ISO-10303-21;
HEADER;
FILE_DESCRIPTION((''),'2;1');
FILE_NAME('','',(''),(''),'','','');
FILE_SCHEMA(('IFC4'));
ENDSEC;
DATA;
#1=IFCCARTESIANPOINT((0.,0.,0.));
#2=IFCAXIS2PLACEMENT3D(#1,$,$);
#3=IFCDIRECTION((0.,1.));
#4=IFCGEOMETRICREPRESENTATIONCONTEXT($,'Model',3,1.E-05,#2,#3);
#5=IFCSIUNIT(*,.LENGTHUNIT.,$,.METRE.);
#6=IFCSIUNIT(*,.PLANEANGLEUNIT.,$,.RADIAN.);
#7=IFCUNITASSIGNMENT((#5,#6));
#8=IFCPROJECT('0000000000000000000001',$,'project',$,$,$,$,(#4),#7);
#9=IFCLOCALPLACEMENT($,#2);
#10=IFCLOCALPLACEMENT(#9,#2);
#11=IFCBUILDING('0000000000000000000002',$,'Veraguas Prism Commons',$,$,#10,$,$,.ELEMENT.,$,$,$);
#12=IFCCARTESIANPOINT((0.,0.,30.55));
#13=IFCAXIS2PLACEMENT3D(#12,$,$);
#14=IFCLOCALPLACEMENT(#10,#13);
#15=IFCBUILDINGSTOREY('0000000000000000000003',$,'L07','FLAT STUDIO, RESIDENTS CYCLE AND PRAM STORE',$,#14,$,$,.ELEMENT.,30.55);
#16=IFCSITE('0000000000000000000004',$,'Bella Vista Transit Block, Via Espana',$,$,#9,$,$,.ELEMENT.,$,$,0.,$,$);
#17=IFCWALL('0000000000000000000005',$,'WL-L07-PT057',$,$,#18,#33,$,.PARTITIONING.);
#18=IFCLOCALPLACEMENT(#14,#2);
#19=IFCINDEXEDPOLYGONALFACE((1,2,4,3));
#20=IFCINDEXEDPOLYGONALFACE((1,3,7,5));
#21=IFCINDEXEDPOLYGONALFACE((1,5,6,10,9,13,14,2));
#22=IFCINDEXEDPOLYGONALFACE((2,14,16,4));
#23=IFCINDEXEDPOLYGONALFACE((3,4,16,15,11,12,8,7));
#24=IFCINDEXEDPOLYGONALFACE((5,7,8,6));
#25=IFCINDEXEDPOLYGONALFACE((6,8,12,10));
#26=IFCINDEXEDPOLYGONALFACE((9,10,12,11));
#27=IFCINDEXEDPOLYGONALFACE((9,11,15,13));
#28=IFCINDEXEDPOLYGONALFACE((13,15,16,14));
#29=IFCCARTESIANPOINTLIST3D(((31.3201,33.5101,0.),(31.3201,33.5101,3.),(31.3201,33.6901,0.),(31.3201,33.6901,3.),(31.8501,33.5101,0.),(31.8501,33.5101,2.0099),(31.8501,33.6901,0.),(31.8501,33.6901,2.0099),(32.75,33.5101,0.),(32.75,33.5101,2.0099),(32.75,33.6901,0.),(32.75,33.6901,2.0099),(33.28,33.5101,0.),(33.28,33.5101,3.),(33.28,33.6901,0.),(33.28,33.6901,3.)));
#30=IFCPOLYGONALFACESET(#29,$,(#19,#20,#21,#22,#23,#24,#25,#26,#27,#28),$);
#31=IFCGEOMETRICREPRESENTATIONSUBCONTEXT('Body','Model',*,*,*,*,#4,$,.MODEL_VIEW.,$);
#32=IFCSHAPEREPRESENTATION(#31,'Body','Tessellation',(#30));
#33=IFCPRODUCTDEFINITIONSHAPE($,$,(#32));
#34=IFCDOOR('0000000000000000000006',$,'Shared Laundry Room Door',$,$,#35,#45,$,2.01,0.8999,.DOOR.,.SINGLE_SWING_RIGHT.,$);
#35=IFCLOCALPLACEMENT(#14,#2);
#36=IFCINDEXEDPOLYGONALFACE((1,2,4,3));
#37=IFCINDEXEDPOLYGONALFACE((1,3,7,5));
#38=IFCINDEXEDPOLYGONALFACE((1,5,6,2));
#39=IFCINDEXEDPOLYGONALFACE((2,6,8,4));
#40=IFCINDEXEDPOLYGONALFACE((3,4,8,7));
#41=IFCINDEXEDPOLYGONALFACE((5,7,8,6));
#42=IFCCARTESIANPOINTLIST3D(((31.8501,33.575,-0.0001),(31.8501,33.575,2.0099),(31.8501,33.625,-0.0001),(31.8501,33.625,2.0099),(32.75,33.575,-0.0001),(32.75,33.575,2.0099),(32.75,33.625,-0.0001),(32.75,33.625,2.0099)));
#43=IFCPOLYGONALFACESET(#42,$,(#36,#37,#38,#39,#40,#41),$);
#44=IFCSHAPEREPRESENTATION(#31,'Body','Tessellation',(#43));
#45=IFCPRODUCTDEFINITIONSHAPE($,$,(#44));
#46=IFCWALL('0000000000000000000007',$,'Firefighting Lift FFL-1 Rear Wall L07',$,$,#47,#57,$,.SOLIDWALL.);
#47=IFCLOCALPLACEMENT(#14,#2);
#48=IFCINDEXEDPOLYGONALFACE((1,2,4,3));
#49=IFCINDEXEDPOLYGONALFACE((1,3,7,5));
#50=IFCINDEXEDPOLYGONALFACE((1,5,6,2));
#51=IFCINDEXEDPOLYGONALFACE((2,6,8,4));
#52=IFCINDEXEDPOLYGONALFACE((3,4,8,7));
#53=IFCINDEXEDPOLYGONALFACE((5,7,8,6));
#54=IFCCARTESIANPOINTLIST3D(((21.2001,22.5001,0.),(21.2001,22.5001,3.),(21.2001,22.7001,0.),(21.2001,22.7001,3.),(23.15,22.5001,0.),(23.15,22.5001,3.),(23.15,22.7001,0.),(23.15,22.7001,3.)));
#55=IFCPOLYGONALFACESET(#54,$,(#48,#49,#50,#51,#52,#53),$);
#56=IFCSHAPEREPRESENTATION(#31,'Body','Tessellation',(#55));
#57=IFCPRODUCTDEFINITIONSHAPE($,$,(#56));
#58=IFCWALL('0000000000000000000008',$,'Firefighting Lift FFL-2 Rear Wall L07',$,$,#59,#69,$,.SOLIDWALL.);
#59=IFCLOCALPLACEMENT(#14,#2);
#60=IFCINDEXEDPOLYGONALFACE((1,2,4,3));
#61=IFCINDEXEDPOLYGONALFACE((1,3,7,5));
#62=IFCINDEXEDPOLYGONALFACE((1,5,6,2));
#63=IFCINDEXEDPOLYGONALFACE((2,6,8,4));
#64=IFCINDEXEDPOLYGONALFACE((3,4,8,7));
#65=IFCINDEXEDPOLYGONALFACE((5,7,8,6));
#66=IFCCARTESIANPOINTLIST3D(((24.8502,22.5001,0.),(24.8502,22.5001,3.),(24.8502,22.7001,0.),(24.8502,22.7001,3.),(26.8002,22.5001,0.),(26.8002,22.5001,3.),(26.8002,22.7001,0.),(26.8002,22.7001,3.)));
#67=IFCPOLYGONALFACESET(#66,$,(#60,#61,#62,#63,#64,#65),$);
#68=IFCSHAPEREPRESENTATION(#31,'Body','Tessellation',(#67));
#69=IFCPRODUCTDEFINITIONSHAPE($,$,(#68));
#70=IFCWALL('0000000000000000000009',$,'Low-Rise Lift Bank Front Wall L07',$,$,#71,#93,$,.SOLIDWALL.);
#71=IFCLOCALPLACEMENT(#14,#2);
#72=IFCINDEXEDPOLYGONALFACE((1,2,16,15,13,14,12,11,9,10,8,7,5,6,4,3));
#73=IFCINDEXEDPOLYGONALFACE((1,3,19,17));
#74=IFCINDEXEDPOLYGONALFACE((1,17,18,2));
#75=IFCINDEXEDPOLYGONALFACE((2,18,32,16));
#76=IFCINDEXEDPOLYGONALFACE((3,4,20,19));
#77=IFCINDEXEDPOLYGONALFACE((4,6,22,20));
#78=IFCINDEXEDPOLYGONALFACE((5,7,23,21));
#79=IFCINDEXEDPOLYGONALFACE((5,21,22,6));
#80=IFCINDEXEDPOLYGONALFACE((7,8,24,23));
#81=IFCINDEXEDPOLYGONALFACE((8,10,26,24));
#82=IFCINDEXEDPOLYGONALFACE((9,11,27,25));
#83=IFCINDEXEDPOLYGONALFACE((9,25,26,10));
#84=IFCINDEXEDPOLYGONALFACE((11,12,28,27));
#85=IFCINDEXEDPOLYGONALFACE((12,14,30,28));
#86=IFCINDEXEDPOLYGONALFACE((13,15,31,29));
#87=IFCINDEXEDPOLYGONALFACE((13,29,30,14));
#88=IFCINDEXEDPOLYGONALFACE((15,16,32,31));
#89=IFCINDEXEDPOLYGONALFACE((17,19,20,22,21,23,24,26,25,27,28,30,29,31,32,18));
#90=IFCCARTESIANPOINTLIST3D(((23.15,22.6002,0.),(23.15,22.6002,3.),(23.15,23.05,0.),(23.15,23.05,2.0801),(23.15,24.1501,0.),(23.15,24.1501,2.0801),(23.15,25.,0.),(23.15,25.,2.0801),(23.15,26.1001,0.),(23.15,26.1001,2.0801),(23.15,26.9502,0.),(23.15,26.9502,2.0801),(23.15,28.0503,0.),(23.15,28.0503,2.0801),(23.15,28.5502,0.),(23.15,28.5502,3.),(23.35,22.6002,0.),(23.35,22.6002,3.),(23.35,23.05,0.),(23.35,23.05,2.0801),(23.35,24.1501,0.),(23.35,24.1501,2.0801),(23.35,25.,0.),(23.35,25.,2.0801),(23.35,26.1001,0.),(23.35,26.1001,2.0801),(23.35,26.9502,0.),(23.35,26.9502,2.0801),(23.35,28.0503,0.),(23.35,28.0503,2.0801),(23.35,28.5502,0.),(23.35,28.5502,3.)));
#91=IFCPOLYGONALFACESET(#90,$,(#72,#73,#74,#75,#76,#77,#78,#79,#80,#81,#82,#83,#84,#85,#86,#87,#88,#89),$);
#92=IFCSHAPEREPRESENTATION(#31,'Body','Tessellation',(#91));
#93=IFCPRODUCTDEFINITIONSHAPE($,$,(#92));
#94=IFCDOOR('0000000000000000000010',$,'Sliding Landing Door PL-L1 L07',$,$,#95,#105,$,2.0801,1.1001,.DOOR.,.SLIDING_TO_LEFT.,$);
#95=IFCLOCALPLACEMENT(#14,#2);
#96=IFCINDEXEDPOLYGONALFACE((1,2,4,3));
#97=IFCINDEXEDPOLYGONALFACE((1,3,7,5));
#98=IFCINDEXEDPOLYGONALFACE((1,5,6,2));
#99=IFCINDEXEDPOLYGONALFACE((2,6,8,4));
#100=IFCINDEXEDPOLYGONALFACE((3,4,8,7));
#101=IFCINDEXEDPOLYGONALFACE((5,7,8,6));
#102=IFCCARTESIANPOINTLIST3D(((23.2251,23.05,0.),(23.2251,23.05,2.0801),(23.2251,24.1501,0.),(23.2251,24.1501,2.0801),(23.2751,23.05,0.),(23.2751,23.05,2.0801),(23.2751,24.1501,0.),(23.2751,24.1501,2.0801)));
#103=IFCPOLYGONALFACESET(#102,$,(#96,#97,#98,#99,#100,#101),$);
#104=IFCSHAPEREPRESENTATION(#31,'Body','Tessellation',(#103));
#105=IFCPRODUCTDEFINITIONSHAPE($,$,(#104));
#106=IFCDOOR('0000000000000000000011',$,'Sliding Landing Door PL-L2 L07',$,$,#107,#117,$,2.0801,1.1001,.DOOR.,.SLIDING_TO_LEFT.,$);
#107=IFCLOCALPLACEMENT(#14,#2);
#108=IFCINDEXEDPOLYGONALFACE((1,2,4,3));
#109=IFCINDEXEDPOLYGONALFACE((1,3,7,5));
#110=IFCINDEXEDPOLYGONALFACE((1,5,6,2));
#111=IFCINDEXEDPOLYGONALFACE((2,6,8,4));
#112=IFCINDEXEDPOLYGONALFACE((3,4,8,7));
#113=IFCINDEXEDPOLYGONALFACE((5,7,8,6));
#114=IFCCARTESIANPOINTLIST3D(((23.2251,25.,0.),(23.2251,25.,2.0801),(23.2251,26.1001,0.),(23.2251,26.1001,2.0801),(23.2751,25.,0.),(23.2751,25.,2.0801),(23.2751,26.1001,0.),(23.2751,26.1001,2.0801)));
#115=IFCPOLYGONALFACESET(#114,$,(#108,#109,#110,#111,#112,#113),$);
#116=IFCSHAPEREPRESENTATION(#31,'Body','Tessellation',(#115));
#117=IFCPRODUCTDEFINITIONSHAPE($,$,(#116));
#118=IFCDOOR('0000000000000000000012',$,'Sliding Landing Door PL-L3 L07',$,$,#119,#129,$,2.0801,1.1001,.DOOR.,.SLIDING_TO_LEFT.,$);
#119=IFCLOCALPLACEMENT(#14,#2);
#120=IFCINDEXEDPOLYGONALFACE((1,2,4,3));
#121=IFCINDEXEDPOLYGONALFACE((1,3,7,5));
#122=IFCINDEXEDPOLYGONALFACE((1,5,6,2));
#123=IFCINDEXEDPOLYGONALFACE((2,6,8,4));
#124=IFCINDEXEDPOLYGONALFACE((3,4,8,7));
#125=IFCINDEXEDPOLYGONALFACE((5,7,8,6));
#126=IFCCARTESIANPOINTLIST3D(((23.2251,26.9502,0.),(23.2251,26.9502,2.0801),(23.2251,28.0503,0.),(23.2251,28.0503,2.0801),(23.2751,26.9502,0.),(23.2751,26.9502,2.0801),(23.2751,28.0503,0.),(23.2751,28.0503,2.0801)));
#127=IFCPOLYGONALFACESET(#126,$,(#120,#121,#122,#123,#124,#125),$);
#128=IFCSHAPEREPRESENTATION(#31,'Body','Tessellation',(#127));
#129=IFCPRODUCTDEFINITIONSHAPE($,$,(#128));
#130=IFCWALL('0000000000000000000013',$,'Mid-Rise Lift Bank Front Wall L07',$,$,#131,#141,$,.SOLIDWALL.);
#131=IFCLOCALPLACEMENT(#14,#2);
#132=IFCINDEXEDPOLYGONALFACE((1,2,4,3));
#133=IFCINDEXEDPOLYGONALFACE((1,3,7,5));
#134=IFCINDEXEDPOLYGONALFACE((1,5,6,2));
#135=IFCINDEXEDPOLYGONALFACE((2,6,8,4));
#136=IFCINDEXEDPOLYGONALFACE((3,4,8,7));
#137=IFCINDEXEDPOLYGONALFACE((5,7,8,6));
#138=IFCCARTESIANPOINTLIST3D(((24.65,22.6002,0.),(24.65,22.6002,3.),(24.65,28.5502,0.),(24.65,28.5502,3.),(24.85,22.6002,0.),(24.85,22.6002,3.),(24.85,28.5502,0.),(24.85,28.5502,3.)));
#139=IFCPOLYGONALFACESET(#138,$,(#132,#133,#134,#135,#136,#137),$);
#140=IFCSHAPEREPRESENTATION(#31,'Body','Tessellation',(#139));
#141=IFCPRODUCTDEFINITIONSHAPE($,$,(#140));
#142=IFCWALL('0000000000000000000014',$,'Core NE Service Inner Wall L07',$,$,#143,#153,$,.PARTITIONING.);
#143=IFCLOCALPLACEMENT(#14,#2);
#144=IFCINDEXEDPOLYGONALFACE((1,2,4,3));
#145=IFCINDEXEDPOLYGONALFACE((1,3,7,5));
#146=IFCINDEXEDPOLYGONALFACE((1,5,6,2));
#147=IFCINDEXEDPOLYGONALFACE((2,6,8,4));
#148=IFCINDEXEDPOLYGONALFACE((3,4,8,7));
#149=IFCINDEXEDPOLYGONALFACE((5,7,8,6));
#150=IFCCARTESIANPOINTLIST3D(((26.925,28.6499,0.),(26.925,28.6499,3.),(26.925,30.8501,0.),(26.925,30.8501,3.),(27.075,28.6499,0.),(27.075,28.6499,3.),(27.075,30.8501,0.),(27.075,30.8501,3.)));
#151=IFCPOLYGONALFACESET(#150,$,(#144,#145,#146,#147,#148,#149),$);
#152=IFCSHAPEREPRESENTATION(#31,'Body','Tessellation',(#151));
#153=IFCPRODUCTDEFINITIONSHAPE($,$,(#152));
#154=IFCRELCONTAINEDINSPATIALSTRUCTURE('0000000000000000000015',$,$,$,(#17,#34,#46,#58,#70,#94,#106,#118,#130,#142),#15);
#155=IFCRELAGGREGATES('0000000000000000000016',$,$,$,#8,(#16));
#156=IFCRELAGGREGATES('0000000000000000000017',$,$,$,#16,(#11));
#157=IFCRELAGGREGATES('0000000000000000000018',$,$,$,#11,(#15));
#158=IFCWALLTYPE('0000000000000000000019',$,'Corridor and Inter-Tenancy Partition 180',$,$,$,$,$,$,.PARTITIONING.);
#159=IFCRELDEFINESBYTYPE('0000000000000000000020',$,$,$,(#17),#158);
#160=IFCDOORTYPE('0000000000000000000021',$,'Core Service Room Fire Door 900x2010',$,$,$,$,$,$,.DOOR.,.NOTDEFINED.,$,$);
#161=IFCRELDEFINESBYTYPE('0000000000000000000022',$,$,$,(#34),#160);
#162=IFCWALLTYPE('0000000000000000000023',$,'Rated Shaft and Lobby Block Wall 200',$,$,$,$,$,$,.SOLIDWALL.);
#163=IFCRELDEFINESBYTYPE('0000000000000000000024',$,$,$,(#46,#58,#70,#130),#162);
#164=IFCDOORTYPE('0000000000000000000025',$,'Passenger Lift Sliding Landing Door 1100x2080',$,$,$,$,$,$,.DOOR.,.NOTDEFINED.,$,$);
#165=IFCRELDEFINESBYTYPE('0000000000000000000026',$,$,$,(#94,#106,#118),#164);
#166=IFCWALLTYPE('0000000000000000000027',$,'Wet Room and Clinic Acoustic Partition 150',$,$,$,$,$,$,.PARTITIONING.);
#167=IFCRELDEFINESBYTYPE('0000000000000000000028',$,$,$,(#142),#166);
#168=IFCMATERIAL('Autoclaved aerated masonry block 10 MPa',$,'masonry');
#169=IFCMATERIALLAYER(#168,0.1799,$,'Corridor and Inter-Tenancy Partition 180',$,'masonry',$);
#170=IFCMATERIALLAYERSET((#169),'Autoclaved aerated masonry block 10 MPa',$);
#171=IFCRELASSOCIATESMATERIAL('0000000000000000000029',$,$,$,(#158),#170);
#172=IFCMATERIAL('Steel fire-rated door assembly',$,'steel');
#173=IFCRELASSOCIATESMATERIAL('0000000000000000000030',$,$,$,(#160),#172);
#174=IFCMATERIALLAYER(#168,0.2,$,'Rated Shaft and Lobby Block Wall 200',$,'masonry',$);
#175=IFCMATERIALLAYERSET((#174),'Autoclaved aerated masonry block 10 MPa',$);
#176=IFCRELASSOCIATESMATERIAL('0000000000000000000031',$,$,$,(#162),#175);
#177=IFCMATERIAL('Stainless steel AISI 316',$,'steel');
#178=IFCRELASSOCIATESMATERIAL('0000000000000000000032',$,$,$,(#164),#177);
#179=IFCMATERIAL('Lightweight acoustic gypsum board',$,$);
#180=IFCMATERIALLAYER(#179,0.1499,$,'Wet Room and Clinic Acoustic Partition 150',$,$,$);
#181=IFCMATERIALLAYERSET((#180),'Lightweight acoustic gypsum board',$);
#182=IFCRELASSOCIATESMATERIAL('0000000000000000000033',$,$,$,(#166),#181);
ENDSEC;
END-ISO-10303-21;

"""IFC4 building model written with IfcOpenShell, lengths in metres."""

from ifc_helpers import new_model, si_unit, direction, frame, frame_2d, origin, place, context, subcontext, project, spatial, rectangle, extrude, source, transform, mapped, material, layer, layer_set, type_object, element, fill, save


model = new_model("IFC4")

# Units and contexts
model_context = context("Model", 3, precision=1e-05, world=origin(), true_north=direction((0.0, 1.0)))
body_context = subcontext(model_context, "Body", "Model", "MODEL_VIEW")
ifc_project = project(units=[si_unit("LENGTHUNIT", "METRE"), si_unit("PLANEANGLEUNIT", "RADIAN")], contexts=[model_context])

# Site, building, storey
site_placement = place(None, origin())
site = spatial("IfcSite", under=ifc_project, at=site_placement, Name="Bella Vista Transit Block, Via Espana", CompositionType="ELEMENT", RefElevation=0.0)
building_placement = place(site_placement, origin())
building = spatial("IfcBuilding", under=site, at=building_placement, Name="Veraguas Prism Commons", CompositionType="ELEMENT")
storey_placement = place(building_placement, frame((0.0, 0.0, 30.55)))
storey = spatial("IfcBuildingStorey", under=building, at=storey_placement, Name="L07", Description="FLAT STUDIO, RESIDENTS CYCLE AND PRAM STORE", CompositionType="ELEMENT", Elevation=30.55)

# Shared definitions
ifc_material_1 = material(Name="Steel fire-rated door assembly", Category="steel")

# Shared definitions
ifc_material_2 = material(Name="Autoclaved aerated masonry block 10 MPa", Category="masonry")
ifc_layer_1 = layer(ifc_material_2, 0.1799, Name="Corridor and Inter-Tenancy Partition 180", Category="masonry")
ifc_layer_set_1 = layer_set([ifc_layer_1], Name="Autoclaved aerated masonry block 10 MPa")
wall_type_1 = type_object("IfcWallType", Name="Corridor and Inter-Tenancy Partition 180", PredefinedType="PARTITIONING", material=ifc_layer_set_1)

# Wall, opening, door
wall_1_placement = place(storey_placement, frame((31.3201, 33.6001, 0.0), z_axis=(0.0, 0.0, 1.0), x_axis=(1.0, 0.0, 0.0)))
wall_1 = element("IfcWall", 1, at=wall_1_placement, inside=storey, type_object=wall_type_1, Name="WL-L07-PT057", PredefinedType="PARTITIONING", context=body_context, shape_type="SweptSolid", body=[
    extrude(rectangle(XDim=1.96, YDim=0.1799, at=frame_2d((0.98, 0.0))), origin(), (0.0, 0.0, 1.0), 3.0),
])
opening_1_placement = place(wall_1_placement, frame((0.53, 0.0, 0.0)))
opening_1 = element("IfcOpeningElement", 2, at=opening_1_placement, cuts=wall_1, PredefinedType="OPENING", context=body_context, shape_type="SweptSolid", body=[
    extrude(rectangle(XDim=0.8999, YDim=2.01, at=frame_2d((0.45, 1.0049))), frame((0.0, 0.0999, 0.0), z_axis=(0.0, -1.0, 0.0), x_axis=(1.0, 0.0, 0.0)), (0.0, 0.0, 1.0), 0.2),
])
door_type_1 = type_object("IfcDoorType", Name="Core Service Room Fire Door 900x2010", OperationType="NOTDEFINED", PredefinedType="DOOR", material=ifc_material_1)
shared_shape_1 = source(origin(), body_context, "Body", "SweptSolid", [
    extrude(rectangle(XDim=0.8999, YDim=2.01, at=frame_2d((0.45, 1.0049))), frame((0.0, 0.0249, 0.0), z_axis=(0.0, -1.0, 0.0), x_axis=(1.0, 0.0, 0.0)), (0.0, 0.0, 1.0), 0.05),
])
door_1_placement = place(opening_1_placement, origin())
door_1 = element("IfcDoor", 3, at=door_1_placement, inside=storey, type_object=door_type_1, Name="Shared Laundry Room Door", OperationType="SINGLE_SWING_RIGHT", OverallHeight=2.01, OverallWidth=0.8999, PredefinedType="DOOR", context=body_context, shape_type="MappedRepresentation", body=[
    mapped(shared_shape_1, transform((0.0, 0.0, 0.0), scale=1.0)),
])
fill(opening_1, door_1)

# Walls
ifc_layer_2 = layer(ifc_material_2, 0.2, Name="Rated Shaft and Lobby Block Wall 200", Category="masonry")
ifc_layer_set_2 = layer_set([ifc_layer_2], Name="Autoclaved aerated masonry block 10 MPa")
wall_type_2 = type_object("IfcWallType", Name="Rated Shaft and Lobby Block Wall 200", PredefinedType="SOLIDWALL", material=ifc_layer_set_2)
for number, where, z_axis, x_axis, name in (
    (4, (21.2, 22.6001, 0.0), (0.0, 0.0, 1.0), (1.0, 0.0, 0.0), "Firefighting Lift FFL-1 Rear Wall L07"),
    (5, (24.8501, 22.6001, 0.0), (0.0, 0.0, 1.0), (1.0, 0.0, 0.0), "Firefighting Lift FFL-2 Rear Wall L07"),
):
    element("IfcWall", number, at=place(storey_placement, frame(where, z_axis=z_axis, x_axis=x_axis)), inside=storey, type_object=wall_type_2, Name=name, PredefinedType="SOLIDWALL", context=body_context, shape_type="SweptSolid", body=[
        extrude(rectangle(XDim=1.95, YDim=0.2, at=frame_2d((0.9751, 0.0))), origin(), (0.0, 0.0, 1.0), 3.0),
    ])

# Wall, openings, doors
wall_2_placement = place(storey_placement, frame((23.25, 22.6001, 0.0), z_axis=(0.0, 0.0, 1.0), x_axis=(0.0, 1.0, 0.0)))
wall_2 = element("IfcWall", 6, at=wall_2_placement, inside=storey, type_object=wall_type_2, Name="Low-Rise Lift Bank Front Wall L07", PredefinedType="SOLIDWALL", context=body_context, shape_type="SweptSolid", body=[
    extrude(rectangle(XDim=5.95, YDim=0.2, at=frame_2d((2.9751, 0.0))), origin(), (0.0, 0.0, 1.0), 3.0),
])
opening_2_placement = place(wall_2_placement, frame((0.45, 0.0, 0.0)))
opening_2 = element("IfcOpeningElement", 7, at=opening_2_placement, cuts=wall_2, PredefinedType="OPENING", context=body_context, shape_type="SweptSolid", body=[
    extrude(rectangle(XDim=1.1001, YDim=2.0801, at=frame_2d((0.55, 1.04))), frame((0.0, 0.1099, 0.0), z_axis=(0.0, -1.0, 0.0), x_axis=(1.0, 0.0, 0.0)), (0.0, 0.0, 1.0), 0.22),
])
opening_3_placement = place(wall_2_placement, frame((2.3999, 0.0, 0.0)))
opening_3 = element("IfcOpeningElement", 8, at=opening_3_placement, cuts=wall_2, PredefinedType="OPENING", context=body_context, shape_type="SweptSolid", body=[
    extrude(rectangle(XDim=1.1001, YDim=2.0801, at=frame_2d((0.55, 1.04))), frame((0.0, 0.1099, 0.0), z_axis=(0.0, -1.0, 0.0), x_axis=(1.0, 0.0, 0.0)), (0.0, 0.0, 1.0), 0.22),
])
opening_4_placement = place(wall_2_placement, frame((4.3501, 0.0, 0.0)))
opening_4 = element("IfcOpeningElement", 9, at=opening_4_placement, cuts=wall_2, PredefinedType="OPENING", context=body_context, shape_type="SweptSolid", body=[
    extrude(rectangle(XDim=1.1001, YDim=2.0801, at=frame_2d((0.55, 1.04))), frame((0.0, 0.1099, 0.0), z_axis=(0.0, -1.0, 0.0), x_axis=(1.0, 0.0, 0.0)), (0.0, 0.0, 1.0), 0.22),
])
ifc_material_3 = material(Name="Stainless steel AISI 316", Category="steel")
door_type_2 = type_object("IfcDoorType", Name="Passenger Lift Sliding Landing Door 1100x2080", OperationType="NOTDEFINED", PredefinedType="DOOR", material=ifc_material_3)
shared_shape_2 = source(origin(), body_context, "Body", "SweptSolid", [
    extrude(rectangle(XDim=1.1001, YDim=2.0801, at=frame_2d((0.55, 1.04))), frame((0.0, 0.0249, 0.0), z_axis=(0.0, -1.0, 0.0), x_axis=(1.0, 0.0, 0.0)), (0.0, 0.0, 1.0), 0.05),
])
door_2_placement = place(opening_2_placement, origin())
door_2 = element("IfcDoor", 10, at=door_2_placement, inside=storey, type_object=door_type_2, Name="Sliding Landing Door PL-L1 L07", OperationType="SLIDING_TO_LEFT", OverallHeight=2.0801, OverallWidth=1.1001, PredefinedType="DOOR", context=body_context, shape_type="MappedRepresentation", body=[
    mapped(shared_shape_2, transform((0.0, 0.0, 0.0), scale=1.0)),
])
fill(opening_2, door_2)
door_3_placement = place(opening_3_placement, origin())
door_3 = element("IfcDoor", 11, at=door_3_placement, inside=storey, type_object=door_type_2, Name="Sliding Landing Door PL-L2 L07", OperationType="SLIDING_TO_LEFT", OverallHeight=2.0801, OverallWidth=1.1001, PredefinedType="DOOR", context=body_context, shape_type="MappedRepresentation", body=[
    mapped(shared_shape_2, transform((0.0, 0.0, 0.0), scale=1.0)),
])
fill(opening_3, door_3)
door_4_placement = place(opening_4_placement, origin())
door_4 = element("IfcDoor", 12, at=door_4_placement, inside=storey, type_object=door_type_2, Name="Sliding Landing Door PL-L3 L07", OperationType="SLIDING_TO_LEFT", OverallHeight=2.0801, OverallWidth=1.1001, PredefinedType="DOOR", context=body_context, shape_type="MappedRepresentation", body=[
    mapped(shared_shape_2, transform((0.0, 0.0, 0.0), scale=1.0)),
])
fill(opening_4, door_4)

# Walls
wall_3_placement = place(storey_placement, frame((24.75, 22.6001, 0.0), z_axis=(0.0, 0.0, 1.0), x_axis=(0.0, 1.0, 0.0)))
element("IfcWall", 13, at=wall_3_placement, inside=storey, type_object=wall_type_2, Name="Mid-Rise Lift Bank Front Wall L07", PredefinedType="SOLIDWALL", context=body_context, shape_type="SweptSolid", body=[
    extrude(rectangle(XDim=5.95, YDim=0.2, at=frame_2d((2.9751, 0.0))), origin(), (0.0, 0.0, 1.0), 3.0),
])
ifc_material_4 = material(Name="Lightweight acoustic gypsum board")
ifc_layer_3 = layer(ifc_material_4, 0.1499, Name="Wet Room and Clinic Acoustic Partition 150")
ifc_layer_set_3 = layer_set([ifc_layer_3], Name="Lightweight acoustic gypsum board")
wall_type_3 = type_object("IfcWallType", Name="Wet Room and Clinic Acoustic Partition 150", PredefinedType="PARTITIONING", material=ifc_layer_set_3)
wall_4_placement = place(storey_placement, frame((27.0, 28.6499, 0.0), z_axis=(0.0, 0.0, 1.0), x_axis=(0.0, 1.0, 0.0)))
element("IfcWall", 14, at=wall_4_placement, inside=storey, type_object=wall_type_3, Name="Core NE Service Inner Wall L07", PredefinedType="PARTITIONING", context=body_context, shape_type="SweptSolid", body=[
    extrude(rectangle(XDim=2.2002, YDim=0.1499, at=frame_2d((1.1001, 0.0))), origin(), (0.0, 0.0, 1.0), 3.0),
])

save(model, "model.ifc")
